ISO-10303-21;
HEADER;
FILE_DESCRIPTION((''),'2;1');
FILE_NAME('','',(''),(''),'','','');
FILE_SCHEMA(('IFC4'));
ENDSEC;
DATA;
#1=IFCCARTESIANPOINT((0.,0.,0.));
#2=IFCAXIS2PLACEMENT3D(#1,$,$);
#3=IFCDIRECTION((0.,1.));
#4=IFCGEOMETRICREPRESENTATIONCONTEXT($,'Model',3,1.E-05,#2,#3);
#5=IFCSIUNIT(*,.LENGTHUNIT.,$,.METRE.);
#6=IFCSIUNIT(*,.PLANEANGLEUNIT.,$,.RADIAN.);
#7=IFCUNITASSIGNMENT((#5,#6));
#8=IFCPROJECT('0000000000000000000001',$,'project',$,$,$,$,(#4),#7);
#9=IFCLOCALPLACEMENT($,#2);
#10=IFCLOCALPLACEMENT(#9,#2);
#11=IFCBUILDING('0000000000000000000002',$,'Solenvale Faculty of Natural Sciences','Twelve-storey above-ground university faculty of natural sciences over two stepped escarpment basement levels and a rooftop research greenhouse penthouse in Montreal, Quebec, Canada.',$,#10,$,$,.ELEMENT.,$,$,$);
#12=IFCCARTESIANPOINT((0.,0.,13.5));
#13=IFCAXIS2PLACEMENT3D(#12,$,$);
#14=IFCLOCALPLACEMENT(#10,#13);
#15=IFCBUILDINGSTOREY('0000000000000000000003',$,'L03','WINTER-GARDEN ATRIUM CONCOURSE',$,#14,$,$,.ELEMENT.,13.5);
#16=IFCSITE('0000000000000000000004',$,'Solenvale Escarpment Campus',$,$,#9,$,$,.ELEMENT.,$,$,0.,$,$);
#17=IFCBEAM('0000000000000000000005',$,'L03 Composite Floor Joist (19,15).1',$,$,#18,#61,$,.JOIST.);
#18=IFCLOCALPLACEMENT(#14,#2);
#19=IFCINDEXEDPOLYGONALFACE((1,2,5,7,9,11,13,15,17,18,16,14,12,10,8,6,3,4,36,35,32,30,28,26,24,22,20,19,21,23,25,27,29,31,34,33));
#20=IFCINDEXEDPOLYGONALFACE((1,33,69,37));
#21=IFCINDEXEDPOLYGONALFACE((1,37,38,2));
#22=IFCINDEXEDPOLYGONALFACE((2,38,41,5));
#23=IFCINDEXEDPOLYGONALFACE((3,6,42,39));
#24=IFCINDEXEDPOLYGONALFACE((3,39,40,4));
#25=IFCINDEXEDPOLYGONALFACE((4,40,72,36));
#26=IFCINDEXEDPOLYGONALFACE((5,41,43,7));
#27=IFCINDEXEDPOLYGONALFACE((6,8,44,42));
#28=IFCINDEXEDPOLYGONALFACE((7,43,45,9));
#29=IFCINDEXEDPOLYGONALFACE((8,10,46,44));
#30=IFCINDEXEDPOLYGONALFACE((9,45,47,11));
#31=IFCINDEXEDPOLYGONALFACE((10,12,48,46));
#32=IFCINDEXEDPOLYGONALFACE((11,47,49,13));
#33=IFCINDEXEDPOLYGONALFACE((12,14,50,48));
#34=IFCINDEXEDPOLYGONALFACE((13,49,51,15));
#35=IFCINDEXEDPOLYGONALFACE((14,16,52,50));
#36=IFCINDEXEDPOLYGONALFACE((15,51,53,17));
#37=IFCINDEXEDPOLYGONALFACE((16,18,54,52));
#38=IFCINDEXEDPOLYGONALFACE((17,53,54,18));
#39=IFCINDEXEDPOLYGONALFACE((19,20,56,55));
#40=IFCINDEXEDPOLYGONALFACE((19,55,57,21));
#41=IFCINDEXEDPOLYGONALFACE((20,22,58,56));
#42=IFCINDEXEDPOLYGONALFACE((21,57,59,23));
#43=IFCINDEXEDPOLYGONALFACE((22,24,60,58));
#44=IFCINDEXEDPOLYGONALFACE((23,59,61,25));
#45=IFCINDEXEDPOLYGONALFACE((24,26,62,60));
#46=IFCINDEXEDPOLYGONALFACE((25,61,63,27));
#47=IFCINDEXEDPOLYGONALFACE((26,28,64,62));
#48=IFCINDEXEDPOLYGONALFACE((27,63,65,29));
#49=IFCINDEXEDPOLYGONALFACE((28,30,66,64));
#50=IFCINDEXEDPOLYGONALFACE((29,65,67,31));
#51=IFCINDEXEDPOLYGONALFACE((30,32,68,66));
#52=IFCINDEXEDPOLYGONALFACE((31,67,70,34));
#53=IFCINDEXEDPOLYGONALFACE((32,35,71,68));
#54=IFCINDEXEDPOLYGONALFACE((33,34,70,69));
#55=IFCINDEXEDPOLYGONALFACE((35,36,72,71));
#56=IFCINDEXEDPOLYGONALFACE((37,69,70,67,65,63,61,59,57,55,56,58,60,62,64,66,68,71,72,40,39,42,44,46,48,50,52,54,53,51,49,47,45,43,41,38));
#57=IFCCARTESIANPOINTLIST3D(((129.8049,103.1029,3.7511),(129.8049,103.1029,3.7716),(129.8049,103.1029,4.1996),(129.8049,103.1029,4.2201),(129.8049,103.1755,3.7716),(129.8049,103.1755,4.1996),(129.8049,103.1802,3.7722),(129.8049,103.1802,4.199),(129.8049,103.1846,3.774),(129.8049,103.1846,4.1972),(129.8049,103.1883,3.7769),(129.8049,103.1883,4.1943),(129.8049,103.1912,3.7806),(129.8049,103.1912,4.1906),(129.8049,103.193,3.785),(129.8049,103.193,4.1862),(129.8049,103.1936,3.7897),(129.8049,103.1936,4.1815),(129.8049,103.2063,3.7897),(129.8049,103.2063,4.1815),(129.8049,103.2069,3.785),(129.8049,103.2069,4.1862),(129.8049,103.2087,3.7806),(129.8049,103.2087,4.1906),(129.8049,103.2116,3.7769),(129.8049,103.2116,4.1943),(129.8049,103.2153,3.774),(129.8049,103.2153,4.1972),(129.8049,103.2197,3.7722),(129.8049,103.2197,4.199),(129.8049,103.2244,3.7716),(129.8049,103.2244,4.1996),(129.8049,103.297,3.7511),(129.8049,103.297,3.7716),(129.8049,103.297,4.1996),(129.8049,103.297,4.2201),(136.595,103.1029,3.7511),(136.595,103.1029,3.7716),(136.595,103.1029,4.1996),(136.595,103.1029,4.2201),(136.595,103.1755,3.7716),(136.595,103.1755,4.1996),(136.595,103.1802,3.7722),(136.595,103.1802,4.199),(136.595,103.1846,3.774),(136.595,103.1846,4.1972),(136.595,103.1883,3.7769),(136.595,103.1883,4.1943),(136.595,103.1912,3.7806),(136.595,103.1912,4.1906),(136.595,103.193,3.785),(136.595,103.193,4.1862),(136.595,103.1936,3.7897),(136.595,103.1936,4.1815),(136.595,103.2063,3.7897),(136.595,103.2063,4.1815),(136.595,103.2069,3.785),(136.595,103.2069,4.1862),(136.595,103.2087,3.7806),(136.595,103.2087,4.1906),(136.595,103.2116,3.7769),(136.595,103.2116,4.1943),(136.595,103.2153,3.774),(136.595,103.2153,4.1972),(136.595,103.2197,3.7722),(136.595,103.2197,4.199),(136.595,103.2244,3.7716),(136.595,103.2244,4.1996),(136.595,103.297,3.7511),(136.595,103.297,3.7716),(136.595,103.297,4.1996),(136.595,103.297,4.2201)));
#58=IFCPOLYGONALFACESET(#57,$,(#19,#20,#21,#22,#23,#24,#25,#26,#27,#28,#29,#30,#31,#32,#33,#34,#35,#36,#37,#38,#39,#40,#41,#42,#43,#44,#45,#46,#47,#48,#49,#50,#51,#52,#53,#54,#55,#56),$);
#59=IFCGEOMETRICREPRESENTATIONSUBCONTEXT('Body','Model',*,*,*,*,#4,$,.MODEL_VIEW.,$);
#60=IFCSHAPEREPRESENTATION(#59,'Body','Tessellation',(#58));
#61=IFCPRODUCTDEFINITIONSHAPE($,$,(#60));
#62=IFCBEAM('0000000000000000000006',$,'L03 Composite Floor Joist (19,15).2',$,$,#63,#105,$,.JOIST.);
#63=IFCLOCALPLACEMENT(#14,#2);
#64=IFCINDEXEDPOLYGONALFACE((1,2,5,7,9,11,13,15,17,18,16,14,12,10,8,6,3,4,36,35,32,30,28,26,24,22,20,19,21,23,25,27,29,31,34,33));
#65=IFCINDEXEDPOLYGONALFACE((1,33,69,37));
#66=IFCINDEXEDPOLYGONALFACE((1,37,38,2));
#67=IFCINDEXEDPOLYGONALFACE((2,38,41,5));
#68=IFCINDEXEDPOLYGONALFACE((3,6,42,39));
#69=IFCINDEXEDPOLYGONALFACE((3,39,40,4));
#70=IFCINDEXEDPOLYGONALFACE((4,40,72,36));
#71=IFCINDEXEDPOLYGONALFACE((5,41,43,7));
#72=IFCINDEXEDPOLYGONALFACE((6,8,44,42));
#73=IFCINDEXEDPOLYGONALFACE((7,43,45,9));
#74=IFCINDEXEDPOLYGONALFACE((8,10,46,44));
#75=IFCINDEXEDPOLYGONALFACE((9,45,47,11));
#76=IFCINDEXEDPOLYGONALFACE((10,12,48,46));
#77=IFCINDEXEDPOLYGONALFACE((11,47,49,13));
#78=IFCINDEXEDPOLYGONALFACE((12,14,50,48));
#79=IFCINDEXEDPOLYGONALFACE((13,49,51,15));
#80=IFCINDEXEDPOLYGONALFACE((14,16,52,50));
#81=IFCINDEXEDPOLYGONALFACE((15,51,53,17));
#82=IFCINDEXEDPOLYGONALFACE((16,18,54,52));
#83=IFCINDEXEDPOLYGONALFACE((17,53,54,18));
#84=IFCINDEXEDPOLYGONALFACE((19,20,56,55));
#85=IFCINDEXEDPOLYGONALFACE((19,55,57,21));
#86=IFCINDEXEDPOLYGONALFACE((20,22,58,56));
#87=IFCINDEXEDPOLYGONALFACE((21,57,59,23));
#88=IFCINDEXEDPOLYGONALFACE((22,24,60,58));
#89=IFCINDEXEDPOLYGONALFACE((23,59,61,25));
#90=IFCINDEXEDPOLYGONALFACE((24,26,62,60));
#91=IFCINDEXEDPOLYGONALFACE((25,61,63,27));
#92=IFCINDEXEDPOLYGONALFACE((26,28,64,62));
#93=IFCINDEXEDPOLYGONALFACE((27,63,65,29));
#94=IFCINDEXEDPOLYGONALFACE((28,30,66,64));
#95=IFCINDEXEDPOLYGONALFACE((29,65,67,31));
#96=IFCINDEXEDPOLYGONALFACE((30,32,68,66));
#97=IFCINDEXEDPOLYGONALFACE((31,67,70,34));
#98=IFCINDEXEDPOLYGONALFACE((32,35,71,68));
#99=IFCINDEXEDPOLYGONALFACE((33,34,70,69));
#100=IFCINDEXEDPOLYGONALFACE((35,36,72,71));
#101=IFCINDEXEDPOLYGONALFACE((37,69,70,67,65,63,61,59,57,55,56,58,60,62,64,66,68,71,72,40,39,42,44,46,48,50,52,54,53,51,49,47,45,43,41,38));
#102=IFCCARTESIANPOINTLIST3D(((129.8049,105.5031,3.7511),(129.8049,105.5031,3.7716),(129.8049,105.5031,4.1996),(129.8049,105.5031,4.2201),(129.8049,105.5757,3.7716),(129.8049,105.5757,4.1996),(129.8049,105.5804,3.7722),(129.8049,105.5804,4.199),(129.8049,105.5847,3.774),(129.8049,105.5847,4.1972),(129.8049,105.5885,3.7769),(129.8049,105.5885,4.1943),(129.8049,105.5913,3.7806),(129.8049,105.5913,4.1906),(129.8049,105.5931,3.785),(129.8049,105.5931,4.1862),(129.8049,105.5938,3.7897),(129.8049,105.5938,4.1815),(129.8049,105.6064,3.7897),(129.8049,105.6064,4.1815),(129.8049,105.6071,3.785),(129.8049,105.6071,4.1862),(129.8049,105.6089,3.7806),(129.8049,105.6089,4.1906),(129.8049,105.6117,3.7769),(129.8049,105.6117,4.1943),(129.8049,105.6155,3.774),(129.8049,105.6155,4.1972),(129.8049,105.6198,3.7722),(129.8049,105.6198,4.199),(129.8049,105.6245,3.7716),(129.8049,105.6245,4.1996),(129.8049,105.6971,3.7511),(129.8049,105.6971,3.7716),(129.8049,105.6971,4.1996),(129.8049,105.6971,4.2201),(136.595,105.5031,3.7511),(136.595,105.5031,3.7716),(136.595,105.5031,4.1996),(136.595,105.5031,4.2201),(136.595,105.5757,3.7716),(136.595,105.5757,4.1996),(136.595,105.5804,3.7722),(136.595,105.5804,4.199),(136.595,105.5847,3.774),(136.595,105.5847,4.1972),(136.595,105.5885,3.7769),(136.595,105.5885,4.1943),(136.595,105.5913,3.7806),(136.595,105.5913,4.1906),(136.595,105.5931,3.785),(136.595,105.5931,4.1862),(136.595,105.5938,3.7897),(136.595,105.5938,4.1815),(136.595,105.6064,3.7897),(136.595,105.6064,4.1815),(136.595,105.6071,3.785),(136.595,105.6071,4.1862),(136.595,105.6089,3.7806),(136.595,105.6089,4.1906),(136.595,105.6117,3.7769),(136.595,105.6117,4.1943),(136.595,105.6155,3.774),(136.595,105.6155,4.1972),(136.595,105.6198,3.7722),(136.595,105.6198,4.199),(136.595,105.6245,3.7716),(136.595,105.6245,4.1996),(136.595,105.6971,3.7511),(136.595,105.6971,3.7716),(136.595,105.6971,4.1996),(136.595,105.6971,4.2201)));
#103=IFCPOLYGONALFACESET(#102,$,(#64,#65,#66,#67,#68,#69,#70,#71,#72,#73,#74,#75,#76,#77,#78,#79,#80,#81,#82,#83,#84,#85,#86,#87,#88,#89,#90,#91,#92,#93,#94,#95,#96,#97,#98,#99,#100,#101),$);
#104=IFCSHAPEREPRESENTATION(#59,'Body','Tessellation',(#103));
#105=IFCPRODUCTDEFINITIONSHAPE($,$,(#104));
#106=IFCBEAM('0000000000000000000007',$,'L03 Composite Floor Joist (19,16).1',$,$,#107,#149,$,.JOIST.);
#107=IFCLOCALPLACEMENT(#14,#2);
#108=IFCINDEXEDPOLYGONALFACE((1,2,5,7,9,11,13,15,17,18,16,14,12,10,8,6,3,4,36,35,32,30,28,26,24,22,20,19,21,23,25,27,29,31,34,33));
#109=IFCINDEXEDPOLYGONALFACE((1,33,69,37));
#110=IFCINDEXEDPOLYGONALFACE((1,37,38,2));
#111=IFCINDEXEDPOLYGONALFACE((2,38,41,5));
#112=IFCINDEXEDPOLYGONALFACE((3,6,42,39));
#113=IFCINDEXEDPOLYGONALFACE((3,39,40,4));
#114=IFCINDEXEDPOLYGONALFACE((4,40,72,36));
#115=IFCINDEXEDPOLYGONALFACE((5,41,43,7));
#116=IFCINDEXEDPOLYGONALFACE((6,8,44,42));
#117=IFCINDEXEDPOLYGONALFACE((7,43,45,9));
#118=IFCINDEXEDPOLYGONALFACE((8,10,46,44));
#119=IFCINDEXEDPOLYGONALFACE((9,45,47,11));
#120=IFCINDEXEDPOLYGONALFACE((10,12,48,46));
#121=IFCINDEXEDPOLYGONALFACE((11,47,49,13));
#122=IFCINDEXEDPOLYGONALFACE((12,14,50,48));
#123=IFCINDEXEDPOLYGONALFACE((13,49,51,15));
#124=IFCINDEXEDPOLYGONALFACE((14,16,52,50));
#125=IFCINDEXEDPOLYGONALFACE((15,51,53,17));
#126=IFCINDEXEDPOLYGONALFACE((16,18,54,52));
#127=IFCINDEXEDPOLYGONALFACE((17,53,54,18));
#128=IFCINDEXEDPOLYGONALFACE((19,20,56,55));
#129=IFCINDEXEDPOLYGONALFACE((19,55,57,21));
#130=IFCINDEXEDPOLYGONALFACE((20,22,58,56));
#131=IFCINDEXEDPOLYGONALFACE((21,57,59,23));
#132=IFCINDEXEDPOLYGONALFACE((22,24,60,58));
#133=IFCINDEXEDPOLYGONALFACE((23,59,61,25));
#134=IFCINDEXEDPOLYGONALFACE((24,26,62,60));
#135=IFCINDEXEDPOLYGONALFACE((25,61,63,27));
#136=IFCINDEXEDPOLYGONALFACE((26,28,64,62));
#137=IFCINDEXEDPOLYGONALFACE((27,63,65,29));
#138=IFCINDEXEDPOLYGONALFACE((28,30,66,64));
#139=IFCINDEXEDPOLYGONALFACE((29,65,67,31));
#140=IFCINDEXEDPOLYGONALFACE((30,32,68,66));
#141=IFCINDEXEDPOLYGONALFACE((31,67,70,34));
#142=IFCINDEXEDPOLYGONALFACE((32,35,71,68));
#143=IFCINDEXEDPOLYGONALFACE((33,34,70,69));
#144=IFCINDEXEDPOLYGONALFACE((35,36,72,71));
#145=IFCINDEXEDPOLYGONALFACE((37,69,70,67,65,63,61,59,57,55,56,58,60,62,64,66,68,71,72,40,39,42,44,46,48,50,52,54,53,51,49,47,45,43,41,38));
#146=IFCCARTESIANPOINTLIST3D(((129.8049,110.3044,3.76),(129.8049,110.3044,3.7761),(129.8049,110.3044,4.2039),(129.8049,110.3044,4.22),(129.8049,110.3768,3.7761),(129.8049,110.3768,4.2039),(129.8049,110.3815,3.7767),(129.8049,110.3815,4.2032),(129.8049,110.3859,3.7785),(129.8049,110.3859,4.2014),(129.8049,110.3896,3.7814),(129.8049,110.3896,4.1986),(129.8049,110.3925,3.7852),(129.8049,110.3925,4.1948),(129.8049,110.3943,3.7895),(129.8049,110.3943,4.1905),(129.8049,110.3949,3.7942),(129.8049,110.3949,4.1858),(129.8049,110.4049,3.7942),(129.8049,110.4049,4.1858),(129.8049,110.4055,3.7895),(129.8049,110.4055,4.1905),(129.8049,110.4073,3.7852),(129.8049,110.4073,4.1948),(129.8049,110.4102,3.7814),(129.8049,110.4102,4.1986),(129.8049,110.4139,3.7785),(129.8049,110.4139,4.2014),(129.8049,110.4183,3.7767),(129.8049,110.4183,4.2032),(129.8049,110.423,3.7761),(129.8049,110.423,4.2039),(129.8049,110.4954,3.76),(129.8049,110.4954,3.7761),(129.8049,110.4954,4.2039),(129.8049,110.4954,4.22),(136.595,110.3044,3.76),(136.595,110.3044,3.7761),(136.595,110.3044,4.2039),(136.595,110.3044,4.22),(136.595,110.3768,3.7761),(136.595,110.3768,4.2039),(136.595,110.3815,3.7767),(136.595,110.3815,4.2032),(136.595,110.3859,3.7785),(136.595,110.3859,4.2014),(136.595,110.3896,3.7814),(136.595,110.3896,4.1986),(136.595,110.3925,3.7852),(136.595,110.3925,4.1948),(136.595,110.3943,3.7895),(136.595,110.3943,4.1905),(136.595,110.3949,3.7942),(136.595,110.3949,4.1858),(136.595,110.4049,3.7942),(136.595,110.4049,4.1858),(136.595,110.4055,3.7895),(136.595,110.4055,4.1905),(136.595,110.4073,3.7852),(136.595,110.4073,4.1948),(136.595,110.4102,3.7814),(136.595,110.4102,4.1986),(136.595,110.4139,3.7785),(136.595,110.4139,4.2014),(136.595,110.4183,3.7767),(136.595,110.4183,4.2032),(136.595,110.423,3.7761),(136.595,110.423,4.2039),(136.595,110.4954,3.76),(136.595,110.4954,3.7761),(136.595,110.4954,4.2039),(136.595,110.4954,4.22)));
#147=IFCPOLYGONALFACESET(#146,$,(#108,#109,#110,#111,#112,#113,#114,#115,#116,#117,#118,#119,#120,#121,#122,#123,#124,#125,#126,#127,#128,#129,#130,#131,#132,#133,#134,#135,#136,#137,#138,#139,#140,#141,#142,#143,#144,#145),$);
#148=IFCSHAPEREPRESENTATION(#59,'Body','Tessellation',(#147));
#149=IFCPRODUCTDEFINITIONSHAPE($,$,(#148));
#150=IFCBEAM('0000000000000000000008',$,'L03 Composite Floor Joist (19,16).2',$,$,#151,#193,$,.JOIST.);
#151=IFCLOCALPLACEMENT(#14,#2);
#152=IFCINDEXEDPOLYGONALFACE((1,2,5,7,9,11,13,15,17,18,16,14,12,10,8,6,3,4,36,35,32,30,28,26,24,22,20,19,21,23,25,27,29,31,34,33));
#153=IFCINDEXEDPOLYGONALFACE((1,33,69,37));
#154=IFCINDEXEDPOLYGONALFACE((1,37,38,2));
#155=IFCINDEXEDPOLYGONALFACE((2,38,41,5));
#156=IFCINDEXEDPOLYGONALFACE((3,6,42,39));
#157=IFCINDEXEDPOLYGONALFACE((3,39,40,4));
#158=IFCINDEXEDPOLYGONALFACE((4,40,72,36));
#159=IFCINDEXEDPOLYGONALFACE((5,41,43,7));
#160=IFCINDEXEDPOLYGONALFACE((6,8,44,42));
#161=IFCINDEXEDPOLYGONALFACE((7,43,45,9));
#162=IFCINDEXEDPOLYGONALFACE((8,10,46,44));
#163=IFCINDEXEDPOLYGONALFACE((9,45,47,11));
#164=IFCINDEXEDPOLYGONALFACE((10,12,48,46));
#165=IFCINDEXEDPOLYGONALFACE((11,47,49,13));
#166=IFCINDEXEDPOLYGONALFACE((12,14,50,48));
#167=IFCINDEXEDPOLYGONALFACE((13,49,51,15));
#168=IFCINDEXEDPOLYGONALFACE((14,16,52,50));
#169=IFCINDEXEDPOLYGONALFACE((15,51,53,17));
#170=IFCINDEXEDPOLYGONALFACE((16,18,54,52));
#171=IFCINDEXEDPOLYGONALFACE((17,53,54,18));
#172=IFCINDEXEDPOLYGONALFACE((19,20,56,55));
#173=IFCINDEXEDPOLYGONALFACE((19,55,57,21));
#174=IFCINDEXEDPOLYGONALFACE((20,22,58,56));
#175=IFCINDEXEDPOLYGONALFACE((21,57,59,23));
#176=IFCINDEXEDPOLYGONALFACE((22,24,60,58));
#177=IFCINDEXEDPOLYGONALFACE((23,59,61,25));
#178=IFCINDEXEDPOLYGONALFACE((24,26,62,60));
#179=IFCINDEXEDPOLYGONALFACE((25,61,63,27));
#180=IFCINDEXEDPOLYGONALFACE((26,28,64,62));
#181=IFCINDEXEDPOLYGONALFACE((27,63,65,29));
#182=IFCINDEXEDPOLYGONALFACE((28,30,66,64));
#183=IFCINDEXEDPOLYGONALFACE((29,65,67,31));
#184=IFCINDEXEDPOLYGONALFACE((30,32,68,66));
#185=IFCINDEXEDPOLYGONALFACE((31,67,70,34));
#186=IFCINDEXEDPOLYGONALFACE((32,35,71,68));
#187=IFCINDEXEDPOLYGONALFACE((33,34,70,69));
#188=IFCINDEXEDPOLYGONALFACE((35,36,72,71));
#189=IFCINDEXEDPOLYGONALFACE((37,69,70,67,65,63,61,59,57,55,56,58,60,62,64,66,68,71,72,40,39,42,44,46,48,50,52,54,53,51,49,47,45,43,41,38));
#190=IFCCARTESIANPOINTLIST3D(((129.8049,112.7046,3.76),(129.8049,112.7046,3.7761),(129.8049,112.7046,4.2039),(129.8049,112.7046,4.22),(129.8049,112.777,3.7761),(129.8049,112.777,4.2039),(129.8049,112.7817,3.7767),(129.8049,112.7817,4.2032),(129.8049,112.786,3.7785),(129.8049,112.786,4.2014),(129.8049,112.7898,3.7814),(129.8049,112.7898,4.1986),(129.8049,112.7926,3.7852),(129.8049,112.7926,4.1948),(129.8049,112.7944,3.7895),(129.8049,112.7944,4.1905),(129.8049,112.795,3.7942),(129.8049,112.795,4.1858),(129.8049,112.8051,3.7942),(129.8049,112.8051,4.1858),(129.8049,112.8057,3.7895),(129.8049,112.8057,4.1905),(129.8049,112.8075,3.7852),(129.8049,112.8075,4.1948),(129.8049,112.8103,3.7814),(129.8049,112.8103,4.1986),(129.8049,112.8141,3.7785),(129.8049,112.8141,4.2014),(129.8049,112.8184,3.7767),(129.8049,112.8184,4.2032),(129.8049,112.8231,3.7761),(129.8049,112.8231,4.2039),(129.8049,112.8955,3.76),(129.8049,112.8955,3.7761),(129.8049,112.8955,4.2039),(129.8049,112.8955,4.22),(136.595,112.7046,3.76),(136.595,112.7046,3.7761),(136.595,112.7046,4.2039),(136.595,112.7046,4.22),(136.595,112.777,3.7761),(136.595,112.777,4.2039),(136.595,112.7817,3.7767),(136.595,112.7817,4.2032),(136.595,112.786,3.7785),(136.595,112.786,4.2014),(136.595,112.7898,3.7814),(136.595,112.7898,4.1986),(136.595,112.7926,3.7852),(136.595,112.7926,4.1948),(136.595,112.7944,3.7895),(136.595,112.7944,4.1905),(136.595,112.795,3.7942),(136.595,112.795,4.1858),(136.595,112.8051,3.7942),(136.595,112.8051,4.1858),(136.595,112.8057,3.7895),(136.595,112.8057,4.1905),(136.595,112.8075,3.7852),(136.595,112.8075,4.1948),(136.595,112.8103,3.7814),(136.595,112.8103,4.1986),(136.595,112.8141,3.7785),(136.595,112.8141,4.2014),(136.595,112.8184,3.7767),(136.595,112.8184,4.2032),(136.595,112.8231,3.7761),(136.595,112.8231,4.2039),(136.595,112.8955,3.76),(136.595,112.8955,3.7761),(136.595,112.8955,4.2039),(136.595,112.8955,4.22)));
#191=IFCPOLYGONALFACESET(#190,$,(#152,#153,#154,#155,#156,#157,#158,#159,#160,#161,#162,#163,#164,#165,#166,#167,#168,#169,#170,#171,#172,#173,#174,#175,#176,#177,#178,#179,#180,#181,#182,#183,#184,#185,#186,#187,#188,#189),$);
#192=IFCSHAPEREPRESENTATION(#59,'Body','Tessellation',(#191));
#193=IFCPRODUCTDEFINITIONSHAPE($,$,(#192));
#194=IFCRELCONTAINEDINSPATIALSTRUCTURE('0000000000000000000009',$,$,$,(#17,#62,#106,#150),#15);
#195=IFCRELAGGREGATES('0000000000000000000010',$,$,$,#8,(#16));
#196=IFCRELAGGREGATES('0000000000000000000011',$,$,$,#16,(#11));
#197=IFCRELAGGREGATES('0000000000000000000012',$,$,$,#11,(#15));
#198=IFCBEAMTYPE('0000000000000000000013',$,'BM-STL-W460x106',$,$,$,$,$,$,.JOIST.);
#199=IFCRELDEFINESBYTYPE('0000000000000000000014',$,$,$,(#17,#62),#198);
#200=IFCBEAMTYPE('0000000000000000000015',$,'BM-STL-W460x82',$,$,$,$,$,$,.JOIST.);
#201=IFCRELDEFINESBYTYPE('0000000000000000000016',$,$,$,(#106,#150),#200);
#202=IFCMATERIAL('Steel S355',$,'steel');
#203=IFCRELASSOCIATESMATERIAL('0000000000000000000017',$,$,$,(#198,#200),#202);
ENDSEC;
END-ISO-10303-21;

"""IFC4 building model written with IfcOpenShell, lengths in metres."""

from ifc_helpers import new_model, si_unit, direction, frame, origin, origin_2d, place, context, subcontext, project, spatial, i_section, extrude, material, material_profile, profile_set, type_object, element, save


model = new_model("IFC4")

# Units and contexts
model_context = context("Model", 3, precision=1e-05, world=origin(), true_north=direction((0.0, 1.0)))
body_context = subcontext(model_context, "Body", "Model", "MODEL_VIEW")
ifc_project = project(units=[si_unit("LENGTHUNIT", "METRE"), si_unit("PLANEANGLEUNIT", "RADIAN")], contexts=[model_context])

# Site, building, storey
site_placement = place(None, origin())
site = spatial("IfcSite", under=ifc_project, at=site_placement, Name="Solenvale Escarpment Campus", CompositionType="ELEMENT", RefElevation=0.0)
building_placement = place(site_placement, origin())
building = spatial("IfcBuilding", under=site, at=building_placement, Name="Solenvale Faculty of Natural Sciences", Description="Twelve-storey above-ground university faculty of natural sciences over two stepped escarpment basement levels and a rooftop research greenhouse penthouse in Montreal, Quebec, Canada.", CompositionType="ELEMENT")
storey_placement = place(building_placement, frame((0.0, 0.0, 13.5)))
storey = spatial("IfcBuildingStorey", under=building, at=storey_placement, Name="L03", Description="WINTER-GARDEN ATRIUM CONCOURSE", CompositionType="ELEMENT", Elevation=13.5)

# Beams
ifc_material_1 = material(Name="Steel S355", Category="steel")
ifc_material_profile_1 = material_profile(ifc_material_1, i_section(OverallWidth=0.1941, OverallDepth=0.469, WebThickness=0.0127, FlangeThickness=0.0205, FilletRadius=0.0181, at=origin_2d()), Name="W460x106")
ifc_profile_set_1 = profile_set([ifc_material_profile_1], Name="Steel S355")
beam_type_1 = type_object("IfcBeamType", Name="BM-STL-W460x106", PredefinedType="JOIST", material=ifc_profile_set_1)
for number, where, z_axis, x_axis, name in (
    (1, (129.8049, 103.2, 3.9856), (1.0, 0.0, 0.0), (0.0, 1.0, 0.0), "L03 Composite Floor Joist (19,15).1"),
    (2, (129.8049, 105.6001, 3.9856), (1.0, 0.0, 0.0), (0.0, 1.0, 0.0), "L03 Composite Floor Joist (19,15).2"),
):
    element("IfcBeam", number, at=place(storey_placement, frame(where, z_axis=z_axis, x_axis=x_axis)), inside=storey, type_object=beam_type_1, Name=name, PredefinedType="JOIST", context=body_context, shape_type="SweptSolid", body=[
        extrude(i_section(OverallWidth=0.1941, OverallDepth=0.469, WebThickness=0.0127, FlangeThickness=0.0205, FilletRadius=0.0181, at=origin_2d()), origin(), (0.0, 0.0, 1.0), 6.79),
    ])
ifc_material_profile_2 = material_profile(ifc_material_1, i_section(OverallWidth=0.1909, OverallDepth=0.46, WebThickness=0.01, FlangeThickness=0.0161, FilletRadius=0.0181, at=origin_2d()), Name="W460x82")
ifc_profile_set_2 = profile_set([ifc_material_profile_2], Name="Steel S355")
beam_type_2 = type_object("IfcBeamType", Name="BM-STL-W460x82", PredefinedType="JOIST", material=ifc_profile_set_2)
for number, where, z_axis, x_axis, name in (
    (3, (129.8049, 110.3999, 3.99), (1.0, 0.0, 0.0), (0.0, 1.0, 0.0), "L03 Composite Floor Joist (19,16).1"),
    (4, (129.8049, 112.8, 3.99), (1.0, 0.0, 0.0), (0.0, 1.0, 0.0), "L03 Composite Floor Joist (19,16).2"),
):
    element("IfcBeam", number, at=place(storey_placement, frame(where, z_axis=z_axis, x_axis=x_axis)), inside=storey, type_object=beam_type_2, Name=name, PredefinedType="JOIST", context=body_context, shape_type="SweptSolid", body=[
        extrude(i_section(OverallWidth=0.1909, OverallDepth=0.46, WebThickness=0.01, FlangeThickness=0.0161, FilletRadius=0.0181, at=origin_2d()), origin(), (0.0, 0.0, 1.0), 6.79),
    ])

save(model, "model.ifc")
